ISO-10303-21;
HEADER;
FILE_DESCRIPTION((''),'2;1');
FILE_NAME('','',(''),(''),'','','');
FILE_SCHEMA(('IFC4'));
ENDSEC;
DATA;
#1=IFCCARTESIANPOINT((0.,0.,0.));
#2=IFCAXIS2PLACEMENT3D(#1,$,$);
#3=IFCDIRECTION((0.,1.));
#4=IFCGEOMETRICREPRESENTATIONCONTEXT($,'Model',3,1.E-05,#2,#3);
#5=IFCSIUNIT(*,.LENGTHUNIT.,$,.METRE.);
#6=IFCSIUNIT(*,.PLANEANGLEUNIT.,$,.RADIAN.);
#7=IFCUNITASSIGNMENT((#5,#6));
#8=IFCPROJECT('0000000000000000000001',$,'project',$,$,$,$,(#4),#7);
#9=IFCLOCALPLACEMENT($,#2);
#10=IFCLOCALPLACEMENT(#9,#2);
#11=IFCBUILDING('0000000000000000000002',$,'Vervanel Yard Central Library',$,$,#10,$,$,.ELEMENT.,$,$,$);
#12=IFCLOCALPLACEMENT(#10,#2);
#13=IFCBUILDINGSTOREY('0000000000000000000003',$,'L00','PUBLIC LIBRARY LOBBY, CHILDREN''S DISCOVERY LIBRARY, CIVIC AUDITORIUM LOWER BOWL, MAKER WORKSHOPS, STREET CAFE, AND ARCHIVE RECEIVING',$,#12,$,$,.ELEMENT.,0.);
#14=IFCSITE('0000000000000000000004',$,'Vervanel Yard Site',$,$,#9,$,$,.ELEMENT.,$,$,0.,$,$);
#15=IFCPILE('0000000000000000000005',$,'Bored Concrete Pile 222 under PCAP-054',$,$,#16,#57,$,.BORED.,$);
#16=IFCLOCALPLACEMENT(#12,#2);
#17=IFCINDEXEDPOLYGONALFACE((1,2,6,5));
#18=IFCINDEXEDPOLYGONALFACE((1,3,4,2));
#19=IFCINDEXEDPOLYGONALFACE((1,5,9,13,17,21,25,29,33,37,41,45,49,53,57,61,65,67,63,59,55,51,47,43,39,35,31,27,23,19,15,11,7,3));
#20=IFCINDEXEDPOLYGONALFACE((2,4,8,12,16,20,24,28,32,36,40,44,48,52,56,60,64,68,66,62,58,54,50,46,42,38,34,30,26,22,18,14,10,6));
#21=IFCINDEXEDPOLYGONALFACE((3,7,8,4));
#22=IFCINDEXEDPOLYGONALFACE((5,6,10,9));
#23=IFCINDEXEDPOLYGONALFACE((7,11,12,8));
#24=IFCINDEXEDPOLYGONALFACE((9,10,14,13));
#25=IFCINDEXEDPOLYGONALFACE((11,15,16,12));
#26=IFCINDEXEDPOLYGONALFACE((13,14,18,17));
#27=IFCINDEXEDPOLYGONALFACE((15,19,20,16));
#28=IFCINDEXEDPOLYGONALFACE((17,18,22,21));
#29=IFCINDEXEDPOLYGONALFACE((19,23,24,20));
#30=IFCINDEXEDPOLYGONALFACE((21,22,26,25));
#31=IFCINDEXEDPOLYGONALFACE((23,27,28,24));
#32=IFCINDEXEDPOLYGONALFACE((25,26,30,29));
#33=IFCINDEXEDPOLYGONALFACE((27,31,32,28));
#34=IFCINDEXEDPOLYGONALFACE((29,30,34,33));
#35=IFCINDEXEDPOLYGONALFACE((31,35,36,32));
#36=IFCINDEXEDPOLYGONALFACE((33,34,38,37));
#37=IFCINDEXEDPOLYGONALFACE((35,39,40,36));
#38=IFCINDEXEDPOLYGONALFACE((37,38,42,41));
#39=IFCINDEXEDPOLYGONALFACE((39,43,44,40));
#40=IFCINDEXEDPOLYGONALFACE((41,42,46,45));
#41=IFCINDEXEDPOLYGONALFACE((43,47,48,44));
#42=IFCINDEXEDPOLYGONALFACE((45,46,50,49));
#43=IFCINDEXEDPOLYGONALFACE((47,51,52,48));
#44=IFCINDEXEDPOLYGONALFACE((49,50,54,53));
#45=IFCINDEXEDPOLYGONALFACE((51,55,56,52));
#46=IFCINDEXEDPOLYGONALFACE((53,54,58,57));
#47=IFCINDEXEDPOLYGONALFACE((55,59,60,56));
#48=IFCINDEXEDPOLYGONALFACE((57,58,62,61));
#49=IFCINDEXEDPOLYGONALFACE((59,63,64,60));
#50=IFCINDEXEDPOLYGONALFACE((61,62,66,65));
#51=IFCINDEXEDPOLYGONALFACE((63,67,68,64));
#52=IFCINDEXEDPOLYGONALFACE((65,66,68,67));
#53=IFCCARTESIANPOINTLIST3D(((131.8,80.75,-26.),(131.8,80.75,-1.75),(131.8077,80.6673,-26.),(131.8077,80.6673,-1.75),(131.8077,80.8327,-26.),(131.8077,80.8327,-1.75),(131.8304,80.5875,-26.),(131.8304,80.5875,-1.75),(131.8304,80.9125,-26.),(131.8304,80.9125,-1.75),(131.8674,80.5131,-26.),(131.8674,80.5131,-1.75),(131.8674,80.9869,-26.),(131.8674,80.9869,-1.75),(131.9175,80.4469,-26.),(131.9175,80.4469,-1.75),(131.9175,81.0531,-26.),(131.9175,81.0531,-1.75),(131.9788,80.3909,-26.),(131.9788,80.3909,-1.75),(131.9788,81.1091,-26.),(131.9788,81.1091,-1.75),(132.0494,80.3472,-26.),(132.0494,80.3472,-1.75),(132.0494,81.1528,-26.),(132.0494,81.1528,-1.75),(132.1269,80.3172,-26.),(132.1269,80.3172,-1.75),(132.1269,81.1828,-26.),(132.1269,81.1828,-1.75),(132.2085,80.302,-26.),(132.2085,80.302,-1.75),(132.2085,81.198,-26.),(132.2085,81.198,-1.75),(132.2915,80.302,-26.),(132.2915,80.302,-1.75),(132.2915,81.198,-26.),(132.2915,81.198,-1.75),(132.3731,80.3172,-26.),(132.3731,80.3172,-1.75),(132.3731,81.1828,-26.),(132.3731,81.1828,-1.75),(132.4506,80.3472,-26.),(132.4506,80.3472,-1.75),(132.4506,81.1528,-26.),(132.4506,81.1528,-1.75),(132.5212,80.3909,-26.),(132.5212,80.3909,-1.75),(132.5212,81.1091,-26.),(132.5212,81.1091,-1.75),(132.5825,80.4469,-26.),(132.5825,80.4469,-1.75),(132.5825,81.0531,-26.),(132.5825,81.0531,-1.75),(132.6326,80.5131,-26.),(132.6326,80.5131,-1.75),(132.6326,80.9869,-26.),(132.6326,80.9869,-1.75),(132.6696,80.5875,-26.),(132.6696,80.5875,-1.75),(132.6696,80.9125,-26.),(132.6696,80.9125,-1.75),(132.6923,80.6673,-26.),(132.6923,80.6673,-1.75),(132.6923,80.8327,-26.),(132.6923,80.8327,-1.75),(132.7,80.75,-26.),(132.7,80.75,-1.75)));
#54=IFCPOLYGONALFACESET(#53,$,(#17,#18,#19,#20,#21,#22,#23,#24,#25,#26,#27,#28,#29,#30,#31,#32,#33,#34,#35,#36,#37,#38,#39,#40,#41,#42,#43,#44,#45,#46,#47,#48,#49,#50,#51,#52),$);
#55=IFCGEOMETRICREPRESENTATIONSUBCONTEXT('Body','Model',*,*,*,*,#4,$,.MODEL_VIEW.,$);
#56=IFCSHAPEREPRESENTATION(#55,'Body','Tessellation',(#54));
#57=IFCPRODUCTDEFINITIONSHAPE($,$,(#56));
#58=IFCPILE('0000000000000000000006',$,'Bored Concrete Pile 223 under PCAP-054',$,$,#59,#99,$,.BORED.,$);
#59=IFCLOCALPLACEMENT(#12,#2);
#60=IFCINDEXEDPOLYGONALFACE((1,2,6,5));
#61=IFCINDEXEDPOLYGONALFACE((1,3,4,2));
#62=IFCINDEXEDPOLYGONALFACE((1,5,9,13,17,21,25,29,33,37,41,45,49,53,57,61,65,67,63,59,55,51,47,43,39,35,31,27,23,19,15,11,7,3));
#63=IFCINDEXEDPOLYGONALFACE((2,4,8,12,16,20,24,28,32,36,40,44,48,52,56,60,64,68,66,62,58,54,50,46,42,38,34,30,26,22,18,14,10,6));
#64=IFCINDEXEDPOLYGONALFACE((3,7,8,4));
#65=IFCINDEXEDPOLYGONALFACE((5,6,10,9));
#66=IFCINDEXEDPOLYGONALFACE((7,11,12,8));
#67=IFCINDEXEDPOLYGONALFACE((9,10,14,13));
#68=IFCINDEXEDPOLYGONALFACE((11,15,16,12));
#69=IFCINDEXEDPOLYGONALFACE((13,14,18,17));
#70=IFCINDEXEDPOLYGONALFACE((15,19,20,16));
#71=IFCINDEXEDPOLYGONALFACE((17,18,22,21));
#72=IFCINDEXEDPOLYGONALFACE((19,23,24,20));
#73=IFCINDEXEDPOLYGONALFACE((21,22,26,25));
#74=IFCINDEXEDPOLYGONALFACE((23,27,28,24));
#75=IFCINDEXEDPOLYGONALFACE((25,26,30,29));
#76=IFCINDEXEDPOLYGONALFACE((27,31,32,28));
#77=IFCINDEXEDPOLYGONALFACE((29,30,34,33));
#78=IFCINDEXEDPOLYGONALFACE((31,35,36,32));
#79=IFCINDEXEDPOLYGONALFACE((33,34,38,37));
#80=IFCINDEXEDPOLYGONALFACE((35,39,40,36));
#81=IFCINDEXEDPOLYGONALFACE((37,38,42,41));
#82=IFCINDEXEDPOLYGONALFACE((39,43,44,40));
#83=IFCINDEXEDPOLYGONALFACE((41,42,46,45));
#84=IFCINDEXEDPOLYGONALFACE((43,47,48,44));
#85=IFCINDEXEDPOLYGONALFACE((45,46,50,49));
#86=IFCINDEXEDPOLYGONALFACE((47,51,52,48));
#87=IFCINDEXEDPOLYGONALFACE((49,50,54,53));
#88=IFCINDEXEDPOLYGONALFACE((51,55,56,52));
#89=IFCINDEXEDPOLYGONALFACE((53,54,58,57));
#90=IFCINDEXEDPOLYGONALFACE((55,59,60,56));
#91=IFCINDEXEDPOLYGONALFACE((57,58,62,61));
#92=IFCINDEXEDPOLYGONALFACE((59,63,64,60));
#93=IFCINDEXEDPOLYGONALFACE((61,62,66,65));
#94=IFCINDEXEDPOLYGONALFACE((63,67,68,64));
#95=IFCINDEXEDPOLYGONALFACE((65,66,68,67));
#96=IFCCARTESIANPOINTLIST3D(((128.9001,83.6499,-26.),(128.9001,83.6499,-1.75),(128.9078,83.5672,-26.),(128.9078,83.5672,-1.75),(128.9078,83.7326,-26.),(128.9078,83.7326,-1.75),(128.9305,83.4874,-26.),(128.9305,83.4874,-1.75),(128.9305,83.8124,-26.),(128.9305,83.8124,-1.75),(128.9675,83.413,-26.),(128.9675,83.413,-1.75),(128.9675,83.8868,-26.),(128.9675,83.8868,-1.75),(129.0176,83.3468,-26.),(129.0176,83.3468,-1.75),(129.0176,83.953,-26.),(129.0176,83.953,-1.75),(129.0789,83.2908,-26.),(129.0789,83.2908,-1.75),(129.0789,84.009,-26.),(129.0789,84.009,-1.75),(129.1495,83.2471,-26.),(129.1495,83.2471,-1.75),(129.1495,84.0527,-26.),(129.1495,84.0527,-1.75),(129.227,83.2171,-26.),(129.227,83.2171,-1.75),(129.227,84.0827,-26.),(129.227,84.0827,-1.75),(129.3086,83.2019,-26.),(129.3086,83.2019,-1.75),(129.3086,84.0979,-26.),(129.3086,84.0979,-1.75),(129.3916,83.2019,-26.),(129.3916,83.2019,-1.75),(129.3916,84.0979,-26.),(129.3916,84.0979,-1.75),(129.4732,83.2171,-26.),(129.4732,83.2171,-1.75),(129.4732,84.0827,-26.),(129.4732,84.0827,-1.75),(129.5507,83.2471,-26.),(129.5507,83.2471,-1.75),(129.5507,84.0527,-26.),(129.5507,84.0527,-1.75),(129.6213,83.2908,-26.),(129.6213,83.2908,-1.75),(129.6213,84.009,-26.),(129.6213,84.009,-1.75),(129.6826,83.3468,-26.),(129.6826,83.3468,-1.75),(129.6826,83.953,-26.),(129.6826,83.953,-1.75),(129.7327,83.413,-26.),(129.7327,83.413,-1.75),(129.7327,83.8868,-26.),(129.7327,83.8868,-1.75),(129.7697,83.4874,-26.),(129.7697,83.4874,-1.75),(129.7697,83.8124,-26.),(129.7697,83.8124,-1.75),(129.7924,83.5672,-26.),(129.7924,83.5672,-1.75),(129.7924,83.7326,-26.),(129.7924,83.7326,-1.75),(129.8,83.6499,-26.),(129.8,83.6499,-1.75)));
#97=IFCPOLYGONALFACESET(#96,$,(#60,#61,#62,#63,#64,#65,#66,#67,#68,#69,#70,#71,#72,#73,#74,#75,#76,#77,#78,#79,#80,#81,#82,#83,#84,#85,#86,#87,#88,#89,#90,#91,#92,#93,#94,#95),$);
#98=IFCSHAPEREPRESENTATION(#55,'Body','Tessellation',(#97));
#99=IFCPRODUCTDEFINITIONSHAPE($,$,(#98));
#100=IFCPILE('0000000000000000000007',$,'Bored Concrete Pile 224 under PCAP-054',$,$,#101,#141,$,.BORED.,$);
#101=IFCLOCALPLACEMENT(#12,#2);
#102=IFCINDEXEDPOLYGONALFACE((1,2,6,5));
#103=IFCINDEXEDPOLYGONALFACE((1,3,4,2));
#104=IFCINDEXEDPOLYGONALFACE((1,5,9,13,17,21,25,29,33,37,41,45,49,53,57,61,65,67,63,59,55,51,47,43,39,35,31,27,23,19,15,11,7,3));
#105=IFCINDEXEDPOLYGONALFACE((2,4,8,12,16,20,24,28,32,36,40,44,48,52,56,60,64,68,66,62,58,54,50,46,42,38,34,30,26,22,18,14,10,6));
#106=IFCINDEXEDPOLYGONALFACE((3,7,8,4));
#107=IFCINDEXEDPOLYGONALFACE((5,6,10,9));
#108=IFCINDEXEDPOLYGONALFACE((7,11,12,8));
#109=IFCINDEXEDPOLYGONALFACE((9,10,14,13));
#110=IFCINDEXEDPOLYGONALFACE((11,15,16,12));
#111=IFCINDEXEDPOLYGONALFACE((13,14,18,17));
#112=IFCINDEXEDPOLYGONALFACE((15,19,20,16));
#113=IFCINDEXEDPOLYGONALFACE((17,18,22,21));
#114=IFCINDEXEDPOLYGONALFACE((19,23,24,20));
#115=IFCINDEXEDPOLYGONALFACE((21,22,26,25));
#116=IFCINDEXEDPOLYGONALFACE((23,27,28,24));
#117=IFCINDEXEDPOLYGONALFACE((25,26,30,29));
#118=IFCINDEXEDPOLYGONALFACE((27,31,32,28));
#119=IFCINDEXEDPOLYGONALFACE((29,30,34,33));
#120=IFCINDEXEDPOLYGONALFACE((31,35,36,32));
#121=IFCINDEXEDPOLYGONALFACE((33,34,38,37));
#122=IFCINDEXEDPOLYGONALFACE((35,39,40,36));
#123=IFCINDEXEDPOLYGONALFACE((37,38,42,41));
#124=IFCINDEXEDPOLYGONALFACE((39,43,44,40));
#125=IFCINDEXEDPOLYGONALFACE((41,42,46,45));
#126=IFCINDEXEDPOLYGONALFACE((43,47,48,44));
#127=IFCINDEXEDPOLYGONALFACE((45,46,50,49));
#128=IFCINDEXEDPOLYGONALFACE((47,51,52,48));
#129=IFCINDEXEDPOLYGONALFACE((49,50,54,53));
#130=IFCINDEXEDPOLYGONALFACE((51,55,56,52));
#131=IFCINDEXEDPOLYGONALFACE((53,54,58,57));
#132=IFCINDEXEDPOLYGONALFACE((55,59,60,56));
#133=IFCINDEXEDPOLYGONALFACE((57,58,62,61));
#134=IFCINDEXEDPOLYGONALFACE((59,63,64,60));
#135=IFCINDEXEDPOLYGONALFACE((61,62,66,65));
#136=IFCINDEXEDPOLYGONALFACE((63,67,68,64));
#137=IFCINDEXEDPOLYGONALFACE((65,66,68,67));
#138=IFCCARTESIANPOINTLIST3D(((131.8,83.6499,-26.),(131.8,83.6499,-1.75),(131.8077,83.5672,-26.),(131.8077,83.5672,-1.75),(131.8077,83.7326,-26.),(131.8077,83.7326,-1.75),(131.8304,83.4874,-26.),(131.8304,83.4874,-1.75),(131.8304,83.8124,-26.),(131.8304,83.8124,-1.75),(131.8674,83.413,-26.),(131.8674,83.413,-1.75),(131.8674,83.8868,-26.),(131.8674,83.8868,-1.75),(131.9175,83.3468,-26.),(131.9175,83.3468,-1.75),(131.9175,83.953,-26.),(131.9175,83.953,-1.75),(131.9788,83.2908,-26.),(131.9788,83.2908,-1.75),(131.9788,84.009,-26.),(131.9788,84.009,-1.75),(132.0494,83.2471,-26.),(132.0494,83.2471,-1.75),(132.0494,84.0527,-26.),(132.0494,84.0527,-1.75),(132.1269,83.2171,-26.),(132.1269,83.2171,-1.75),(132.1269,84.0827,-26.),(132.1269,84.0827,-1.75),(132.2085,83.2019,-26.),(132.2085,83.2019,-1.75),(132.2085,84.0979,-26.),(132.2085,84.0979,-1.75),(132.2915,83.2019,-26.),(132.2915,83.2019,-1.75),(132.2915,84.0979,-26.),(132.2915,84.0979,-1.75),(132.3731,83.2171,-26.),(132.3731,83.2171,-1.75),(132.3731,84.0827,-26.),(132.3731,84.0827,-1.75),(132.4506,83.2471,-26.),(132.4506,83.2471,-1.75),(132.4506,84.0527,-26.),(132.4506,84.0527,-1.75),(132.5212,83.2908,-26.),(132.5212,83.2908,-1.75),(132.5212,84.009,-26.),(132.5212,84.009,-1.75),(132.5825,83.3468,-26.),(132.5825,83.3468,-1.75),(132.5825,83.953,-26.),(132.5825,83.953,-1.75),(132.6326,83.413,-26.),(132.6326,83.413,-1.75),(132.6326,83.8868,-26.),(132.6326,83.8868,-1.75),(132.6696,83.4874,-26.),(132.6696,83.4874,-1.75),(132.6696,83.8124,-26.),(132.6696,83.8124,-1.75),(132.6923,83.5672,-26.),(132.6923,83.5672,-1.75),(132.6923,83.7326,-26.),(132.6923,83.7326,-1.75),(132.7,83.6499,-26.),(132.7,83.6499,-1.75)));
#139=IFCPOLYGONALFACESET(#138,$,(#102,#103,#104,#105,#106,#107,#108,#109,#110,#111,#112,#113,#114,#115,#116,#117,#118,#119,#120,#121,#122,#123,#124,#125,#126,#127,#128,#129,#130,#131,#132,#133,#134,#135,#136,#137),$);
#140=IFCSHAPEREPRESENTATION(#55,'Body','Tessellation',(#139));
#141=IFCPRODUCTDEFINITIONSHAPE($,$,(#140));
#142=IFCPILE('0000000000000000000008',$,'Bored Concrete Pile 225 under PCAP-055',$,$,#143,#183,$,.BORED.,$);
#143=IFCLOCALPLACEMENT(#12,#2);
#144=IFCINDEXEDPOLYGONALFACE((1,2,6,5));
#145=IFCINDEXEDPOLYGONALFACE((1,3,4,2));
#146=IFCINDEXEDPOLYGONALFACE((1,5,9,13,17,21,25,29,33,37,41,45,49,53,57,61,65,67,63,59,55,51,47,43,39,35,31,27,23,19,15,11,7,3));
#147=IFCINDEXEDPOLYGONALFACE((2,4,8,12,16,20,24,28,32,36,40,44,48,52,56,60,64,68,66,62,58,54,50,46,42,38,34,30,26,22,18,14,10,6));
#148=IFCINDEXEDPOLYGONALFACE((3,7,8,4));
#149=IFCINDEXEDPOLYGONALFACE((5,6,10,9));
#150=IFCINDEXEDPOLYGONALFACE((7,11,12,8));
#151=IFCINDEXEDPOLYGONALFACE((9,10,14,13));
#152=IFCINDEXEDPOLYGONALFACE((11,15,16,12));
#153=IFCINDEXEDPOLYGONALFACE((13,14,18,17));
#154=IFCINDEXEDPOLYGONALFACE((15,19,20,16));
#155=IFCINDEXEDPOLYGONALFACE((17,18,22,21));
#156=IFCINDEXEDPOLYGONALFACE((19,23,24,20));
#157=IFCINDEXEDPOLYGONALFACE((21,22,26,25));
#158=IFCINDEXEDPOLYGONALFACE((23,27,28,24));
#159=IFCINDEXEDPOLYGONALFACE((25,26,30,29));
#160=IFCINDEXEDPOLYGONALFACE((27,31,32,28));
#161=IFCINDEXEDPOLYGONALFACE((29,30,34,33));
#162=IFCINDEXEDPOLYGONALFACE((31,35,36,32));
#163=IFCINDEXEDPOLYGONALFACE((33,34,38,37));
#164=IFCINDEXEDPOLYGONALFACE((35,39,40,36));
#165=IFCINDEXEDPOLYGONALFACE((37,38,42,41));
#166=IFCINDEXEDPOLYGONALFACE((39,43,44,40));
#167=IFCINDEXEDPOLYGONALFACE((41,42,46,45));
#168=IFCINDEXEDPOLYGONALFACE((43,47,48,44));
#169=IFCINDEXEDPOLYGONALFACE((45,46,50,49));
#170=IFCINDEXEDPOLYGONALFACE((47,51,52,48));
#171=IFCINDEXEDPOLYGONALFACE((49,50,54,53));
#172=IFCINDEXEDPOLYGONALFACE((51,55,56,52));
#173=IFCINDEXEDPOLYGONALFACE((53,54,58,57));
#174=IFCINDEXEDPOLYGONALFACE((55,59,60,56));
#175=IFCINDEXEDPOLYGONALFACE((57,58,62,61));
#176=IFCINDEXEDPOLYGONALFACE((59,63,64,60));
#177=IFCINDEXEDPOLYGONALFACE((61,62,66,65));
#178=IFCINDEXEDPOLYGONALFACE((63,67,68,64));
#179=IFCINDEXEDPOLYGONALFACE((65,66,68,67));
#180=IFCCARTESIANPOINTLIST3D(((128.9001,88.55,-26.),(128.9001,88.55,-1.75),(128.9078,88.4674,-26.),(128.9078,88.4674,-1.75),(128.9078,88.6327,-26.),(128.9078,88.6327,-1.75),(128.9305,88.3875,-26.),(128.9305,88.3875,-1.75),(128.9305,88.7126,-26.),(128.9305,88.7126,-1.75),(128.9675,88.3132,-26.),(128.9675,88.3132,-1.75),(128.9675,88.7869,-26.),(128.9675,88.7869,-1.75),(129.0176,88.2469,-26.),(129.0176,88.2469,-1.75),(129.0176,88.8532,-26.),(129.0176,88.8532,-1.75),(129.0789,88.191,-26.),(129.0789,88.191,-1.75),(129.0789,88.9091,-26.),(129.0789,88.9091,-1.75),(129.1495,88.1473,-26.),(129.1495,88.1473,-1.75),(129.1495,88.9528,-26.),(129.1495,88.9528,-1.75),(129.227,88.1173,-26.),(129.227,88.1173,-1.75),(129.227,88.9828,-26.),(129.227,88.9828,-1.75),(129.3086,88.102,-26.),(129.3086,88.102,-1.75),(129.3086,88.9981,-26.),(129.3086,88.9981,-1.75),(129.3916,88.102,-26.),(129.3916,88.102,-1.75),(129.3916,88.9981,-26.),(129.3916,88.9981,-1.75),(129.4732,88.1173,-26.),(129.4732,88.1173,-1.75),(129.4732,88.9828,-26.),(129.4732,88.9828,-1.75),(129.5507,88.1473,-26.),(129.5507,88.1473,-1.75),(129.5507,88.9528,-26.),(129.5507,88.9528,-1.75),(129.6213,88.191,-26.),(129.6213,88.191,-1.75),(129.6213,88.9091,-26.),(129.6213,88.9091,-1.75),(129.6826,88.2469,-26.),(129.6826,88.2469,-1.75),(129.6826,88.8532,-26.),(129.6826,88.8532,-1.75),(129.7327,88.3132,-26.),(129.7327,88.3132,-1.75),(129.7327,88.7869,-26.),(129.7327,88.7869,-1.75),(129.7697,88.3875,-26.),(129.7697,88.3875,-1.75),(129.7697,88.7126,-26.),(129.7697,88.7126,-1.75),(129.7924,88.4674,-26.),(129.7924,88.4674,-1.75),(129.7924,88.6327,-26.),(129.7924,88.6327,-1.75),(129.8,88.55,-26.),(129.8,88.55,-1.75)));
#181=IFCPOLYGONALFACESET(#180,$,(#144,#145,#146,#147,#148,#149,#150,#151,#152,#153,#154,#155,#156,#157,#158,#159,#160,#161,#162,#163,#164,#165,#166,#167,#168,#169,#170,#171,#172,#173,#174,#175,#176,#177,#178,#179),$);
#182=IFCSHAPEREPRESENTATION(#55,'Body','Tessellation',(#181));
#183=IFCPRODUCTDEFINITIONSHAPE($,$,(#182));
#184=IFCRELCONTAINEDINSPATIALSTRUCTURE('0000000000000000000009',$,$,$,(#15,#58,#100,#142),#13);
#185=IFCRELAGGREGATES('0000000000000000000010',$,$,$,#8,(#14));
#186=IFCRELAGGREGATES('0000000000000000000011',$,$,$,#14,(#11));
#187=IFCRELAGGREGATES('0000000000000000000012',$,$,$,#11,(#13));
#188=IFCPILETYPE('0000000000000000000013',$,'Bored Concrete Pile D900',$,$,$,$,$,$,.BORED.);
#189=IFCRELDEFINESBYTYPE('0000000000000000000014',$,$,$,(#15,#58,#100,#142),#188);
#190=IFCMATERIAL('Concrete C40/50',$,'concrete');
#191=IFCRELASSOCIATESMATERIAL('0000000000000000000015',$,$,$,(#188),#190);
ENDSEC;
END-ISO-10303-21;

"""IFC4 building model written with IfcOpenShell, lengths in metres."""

from ifc_helpers import new_model, si_unit, direction, frame, origin, origin_2d, place, context, subcontext, project, spatial, circle, extrude, material, material_profile, profile_set, type_object, element, save


model = new_model("IFC4")

# Units and contexts
model_context = context("Model", 3, precision=1e-05, world=origin(), true_north=direction((0.0, 1.0)))
body_context = subcontext(model_context, "Body", "Model", "MODEL_VIEW")
ifc_project = project(units=[si_unit("LENGTHUNIT", "METRE"), si_unit("PLANEANGLEUNIT", "RADIAN")], contexts=[model_context])

# Site, building, storey
site_placement = place(None, origin())
site = spatial("IfcSite", under=ifc_project, at=site_placement, Name="Vervanel Yard Site", CompositionType="ELEMENT", RefElevation=0.0)
building_placement = place(site_placement, origin())
building = spatial("IfcBuilding", under=site, at=building_placement, Name="Vervanel Yard Central Library", CompositionType="ELEMENT")
storey_placement = place(building_placement, origin())
storey = spatial("IfcBuildingStorey", under=building, at=storey_placement, Name="L00", Description="PUBLIC LIBRARY LOBBY, CHILDREN'S DISCOVERY LIBRARY, CIVIC AUDITORIUM LOWER BOWL, MAKER WORKSHOPS, STREET CAFE, AND ARCHIVE RECEIVING", CompositionType="ELEMENT", Elevation=0.0)

# Piles
ifc_material_1 = material(Name="Concrete C40/50", Category="concrete")
ifc_material_profile_1 = material_profile(ifc_material_1, circle(Radius=0.45, at=origin_2d()), Name="BP D900", Category="concrete")
ifc_profile_set_1 = profile_set([ifc_material_profile_1], Name="Concrete C40/50")
pile_type = type_object("IfcPileType", Name="Bored Concrete Pile D900", PredefinedType="BORED", material=ifc_profile_set_1)
for number, where, z_axis, x_axis, name in (
    (1, (132.25, 80.75, -1.75), (0.0, 0.0, -1.0), (1.0, 0.0, 0.0), "Bored Concrete Pile 222 under PCAP-054"),
    (2, (129.3501, 83.6499, -1.75), (0.0, 0.0, -1.0), (1.0, 0.0, 0.0), "Bored Concrete Pile 223 under PCAP-054"),
    (3, (132.25, 83.6499, -1.75), (0.0, 0.0, -1.0), (1.0, 0.0, 0.0), "Bored Concrete Pile 224 under PCAP-054"),
    (4, (129.3501, 88.55, -1.75), (0.0, 0.0, -1.0), (1.0, 0.0, 0.0), "Bored Concrete Pile 225 under PCAP-055"),
):
    element("IfcPile", number, at=place(storey_placement, frame(where, z_axis=z_axis, x_axis=x_axis)), inside=storey, type_object=pile_type, Name=name, PredefinedType="BORED", context=body_context, shape_type="SweptSolid", body=[
        extrude(circle(Radius=0.45, at=origin_2d()), origin(), (0.0, 0.0, 1.0), 24.25),
    ])

save(model, "model.ifc")
